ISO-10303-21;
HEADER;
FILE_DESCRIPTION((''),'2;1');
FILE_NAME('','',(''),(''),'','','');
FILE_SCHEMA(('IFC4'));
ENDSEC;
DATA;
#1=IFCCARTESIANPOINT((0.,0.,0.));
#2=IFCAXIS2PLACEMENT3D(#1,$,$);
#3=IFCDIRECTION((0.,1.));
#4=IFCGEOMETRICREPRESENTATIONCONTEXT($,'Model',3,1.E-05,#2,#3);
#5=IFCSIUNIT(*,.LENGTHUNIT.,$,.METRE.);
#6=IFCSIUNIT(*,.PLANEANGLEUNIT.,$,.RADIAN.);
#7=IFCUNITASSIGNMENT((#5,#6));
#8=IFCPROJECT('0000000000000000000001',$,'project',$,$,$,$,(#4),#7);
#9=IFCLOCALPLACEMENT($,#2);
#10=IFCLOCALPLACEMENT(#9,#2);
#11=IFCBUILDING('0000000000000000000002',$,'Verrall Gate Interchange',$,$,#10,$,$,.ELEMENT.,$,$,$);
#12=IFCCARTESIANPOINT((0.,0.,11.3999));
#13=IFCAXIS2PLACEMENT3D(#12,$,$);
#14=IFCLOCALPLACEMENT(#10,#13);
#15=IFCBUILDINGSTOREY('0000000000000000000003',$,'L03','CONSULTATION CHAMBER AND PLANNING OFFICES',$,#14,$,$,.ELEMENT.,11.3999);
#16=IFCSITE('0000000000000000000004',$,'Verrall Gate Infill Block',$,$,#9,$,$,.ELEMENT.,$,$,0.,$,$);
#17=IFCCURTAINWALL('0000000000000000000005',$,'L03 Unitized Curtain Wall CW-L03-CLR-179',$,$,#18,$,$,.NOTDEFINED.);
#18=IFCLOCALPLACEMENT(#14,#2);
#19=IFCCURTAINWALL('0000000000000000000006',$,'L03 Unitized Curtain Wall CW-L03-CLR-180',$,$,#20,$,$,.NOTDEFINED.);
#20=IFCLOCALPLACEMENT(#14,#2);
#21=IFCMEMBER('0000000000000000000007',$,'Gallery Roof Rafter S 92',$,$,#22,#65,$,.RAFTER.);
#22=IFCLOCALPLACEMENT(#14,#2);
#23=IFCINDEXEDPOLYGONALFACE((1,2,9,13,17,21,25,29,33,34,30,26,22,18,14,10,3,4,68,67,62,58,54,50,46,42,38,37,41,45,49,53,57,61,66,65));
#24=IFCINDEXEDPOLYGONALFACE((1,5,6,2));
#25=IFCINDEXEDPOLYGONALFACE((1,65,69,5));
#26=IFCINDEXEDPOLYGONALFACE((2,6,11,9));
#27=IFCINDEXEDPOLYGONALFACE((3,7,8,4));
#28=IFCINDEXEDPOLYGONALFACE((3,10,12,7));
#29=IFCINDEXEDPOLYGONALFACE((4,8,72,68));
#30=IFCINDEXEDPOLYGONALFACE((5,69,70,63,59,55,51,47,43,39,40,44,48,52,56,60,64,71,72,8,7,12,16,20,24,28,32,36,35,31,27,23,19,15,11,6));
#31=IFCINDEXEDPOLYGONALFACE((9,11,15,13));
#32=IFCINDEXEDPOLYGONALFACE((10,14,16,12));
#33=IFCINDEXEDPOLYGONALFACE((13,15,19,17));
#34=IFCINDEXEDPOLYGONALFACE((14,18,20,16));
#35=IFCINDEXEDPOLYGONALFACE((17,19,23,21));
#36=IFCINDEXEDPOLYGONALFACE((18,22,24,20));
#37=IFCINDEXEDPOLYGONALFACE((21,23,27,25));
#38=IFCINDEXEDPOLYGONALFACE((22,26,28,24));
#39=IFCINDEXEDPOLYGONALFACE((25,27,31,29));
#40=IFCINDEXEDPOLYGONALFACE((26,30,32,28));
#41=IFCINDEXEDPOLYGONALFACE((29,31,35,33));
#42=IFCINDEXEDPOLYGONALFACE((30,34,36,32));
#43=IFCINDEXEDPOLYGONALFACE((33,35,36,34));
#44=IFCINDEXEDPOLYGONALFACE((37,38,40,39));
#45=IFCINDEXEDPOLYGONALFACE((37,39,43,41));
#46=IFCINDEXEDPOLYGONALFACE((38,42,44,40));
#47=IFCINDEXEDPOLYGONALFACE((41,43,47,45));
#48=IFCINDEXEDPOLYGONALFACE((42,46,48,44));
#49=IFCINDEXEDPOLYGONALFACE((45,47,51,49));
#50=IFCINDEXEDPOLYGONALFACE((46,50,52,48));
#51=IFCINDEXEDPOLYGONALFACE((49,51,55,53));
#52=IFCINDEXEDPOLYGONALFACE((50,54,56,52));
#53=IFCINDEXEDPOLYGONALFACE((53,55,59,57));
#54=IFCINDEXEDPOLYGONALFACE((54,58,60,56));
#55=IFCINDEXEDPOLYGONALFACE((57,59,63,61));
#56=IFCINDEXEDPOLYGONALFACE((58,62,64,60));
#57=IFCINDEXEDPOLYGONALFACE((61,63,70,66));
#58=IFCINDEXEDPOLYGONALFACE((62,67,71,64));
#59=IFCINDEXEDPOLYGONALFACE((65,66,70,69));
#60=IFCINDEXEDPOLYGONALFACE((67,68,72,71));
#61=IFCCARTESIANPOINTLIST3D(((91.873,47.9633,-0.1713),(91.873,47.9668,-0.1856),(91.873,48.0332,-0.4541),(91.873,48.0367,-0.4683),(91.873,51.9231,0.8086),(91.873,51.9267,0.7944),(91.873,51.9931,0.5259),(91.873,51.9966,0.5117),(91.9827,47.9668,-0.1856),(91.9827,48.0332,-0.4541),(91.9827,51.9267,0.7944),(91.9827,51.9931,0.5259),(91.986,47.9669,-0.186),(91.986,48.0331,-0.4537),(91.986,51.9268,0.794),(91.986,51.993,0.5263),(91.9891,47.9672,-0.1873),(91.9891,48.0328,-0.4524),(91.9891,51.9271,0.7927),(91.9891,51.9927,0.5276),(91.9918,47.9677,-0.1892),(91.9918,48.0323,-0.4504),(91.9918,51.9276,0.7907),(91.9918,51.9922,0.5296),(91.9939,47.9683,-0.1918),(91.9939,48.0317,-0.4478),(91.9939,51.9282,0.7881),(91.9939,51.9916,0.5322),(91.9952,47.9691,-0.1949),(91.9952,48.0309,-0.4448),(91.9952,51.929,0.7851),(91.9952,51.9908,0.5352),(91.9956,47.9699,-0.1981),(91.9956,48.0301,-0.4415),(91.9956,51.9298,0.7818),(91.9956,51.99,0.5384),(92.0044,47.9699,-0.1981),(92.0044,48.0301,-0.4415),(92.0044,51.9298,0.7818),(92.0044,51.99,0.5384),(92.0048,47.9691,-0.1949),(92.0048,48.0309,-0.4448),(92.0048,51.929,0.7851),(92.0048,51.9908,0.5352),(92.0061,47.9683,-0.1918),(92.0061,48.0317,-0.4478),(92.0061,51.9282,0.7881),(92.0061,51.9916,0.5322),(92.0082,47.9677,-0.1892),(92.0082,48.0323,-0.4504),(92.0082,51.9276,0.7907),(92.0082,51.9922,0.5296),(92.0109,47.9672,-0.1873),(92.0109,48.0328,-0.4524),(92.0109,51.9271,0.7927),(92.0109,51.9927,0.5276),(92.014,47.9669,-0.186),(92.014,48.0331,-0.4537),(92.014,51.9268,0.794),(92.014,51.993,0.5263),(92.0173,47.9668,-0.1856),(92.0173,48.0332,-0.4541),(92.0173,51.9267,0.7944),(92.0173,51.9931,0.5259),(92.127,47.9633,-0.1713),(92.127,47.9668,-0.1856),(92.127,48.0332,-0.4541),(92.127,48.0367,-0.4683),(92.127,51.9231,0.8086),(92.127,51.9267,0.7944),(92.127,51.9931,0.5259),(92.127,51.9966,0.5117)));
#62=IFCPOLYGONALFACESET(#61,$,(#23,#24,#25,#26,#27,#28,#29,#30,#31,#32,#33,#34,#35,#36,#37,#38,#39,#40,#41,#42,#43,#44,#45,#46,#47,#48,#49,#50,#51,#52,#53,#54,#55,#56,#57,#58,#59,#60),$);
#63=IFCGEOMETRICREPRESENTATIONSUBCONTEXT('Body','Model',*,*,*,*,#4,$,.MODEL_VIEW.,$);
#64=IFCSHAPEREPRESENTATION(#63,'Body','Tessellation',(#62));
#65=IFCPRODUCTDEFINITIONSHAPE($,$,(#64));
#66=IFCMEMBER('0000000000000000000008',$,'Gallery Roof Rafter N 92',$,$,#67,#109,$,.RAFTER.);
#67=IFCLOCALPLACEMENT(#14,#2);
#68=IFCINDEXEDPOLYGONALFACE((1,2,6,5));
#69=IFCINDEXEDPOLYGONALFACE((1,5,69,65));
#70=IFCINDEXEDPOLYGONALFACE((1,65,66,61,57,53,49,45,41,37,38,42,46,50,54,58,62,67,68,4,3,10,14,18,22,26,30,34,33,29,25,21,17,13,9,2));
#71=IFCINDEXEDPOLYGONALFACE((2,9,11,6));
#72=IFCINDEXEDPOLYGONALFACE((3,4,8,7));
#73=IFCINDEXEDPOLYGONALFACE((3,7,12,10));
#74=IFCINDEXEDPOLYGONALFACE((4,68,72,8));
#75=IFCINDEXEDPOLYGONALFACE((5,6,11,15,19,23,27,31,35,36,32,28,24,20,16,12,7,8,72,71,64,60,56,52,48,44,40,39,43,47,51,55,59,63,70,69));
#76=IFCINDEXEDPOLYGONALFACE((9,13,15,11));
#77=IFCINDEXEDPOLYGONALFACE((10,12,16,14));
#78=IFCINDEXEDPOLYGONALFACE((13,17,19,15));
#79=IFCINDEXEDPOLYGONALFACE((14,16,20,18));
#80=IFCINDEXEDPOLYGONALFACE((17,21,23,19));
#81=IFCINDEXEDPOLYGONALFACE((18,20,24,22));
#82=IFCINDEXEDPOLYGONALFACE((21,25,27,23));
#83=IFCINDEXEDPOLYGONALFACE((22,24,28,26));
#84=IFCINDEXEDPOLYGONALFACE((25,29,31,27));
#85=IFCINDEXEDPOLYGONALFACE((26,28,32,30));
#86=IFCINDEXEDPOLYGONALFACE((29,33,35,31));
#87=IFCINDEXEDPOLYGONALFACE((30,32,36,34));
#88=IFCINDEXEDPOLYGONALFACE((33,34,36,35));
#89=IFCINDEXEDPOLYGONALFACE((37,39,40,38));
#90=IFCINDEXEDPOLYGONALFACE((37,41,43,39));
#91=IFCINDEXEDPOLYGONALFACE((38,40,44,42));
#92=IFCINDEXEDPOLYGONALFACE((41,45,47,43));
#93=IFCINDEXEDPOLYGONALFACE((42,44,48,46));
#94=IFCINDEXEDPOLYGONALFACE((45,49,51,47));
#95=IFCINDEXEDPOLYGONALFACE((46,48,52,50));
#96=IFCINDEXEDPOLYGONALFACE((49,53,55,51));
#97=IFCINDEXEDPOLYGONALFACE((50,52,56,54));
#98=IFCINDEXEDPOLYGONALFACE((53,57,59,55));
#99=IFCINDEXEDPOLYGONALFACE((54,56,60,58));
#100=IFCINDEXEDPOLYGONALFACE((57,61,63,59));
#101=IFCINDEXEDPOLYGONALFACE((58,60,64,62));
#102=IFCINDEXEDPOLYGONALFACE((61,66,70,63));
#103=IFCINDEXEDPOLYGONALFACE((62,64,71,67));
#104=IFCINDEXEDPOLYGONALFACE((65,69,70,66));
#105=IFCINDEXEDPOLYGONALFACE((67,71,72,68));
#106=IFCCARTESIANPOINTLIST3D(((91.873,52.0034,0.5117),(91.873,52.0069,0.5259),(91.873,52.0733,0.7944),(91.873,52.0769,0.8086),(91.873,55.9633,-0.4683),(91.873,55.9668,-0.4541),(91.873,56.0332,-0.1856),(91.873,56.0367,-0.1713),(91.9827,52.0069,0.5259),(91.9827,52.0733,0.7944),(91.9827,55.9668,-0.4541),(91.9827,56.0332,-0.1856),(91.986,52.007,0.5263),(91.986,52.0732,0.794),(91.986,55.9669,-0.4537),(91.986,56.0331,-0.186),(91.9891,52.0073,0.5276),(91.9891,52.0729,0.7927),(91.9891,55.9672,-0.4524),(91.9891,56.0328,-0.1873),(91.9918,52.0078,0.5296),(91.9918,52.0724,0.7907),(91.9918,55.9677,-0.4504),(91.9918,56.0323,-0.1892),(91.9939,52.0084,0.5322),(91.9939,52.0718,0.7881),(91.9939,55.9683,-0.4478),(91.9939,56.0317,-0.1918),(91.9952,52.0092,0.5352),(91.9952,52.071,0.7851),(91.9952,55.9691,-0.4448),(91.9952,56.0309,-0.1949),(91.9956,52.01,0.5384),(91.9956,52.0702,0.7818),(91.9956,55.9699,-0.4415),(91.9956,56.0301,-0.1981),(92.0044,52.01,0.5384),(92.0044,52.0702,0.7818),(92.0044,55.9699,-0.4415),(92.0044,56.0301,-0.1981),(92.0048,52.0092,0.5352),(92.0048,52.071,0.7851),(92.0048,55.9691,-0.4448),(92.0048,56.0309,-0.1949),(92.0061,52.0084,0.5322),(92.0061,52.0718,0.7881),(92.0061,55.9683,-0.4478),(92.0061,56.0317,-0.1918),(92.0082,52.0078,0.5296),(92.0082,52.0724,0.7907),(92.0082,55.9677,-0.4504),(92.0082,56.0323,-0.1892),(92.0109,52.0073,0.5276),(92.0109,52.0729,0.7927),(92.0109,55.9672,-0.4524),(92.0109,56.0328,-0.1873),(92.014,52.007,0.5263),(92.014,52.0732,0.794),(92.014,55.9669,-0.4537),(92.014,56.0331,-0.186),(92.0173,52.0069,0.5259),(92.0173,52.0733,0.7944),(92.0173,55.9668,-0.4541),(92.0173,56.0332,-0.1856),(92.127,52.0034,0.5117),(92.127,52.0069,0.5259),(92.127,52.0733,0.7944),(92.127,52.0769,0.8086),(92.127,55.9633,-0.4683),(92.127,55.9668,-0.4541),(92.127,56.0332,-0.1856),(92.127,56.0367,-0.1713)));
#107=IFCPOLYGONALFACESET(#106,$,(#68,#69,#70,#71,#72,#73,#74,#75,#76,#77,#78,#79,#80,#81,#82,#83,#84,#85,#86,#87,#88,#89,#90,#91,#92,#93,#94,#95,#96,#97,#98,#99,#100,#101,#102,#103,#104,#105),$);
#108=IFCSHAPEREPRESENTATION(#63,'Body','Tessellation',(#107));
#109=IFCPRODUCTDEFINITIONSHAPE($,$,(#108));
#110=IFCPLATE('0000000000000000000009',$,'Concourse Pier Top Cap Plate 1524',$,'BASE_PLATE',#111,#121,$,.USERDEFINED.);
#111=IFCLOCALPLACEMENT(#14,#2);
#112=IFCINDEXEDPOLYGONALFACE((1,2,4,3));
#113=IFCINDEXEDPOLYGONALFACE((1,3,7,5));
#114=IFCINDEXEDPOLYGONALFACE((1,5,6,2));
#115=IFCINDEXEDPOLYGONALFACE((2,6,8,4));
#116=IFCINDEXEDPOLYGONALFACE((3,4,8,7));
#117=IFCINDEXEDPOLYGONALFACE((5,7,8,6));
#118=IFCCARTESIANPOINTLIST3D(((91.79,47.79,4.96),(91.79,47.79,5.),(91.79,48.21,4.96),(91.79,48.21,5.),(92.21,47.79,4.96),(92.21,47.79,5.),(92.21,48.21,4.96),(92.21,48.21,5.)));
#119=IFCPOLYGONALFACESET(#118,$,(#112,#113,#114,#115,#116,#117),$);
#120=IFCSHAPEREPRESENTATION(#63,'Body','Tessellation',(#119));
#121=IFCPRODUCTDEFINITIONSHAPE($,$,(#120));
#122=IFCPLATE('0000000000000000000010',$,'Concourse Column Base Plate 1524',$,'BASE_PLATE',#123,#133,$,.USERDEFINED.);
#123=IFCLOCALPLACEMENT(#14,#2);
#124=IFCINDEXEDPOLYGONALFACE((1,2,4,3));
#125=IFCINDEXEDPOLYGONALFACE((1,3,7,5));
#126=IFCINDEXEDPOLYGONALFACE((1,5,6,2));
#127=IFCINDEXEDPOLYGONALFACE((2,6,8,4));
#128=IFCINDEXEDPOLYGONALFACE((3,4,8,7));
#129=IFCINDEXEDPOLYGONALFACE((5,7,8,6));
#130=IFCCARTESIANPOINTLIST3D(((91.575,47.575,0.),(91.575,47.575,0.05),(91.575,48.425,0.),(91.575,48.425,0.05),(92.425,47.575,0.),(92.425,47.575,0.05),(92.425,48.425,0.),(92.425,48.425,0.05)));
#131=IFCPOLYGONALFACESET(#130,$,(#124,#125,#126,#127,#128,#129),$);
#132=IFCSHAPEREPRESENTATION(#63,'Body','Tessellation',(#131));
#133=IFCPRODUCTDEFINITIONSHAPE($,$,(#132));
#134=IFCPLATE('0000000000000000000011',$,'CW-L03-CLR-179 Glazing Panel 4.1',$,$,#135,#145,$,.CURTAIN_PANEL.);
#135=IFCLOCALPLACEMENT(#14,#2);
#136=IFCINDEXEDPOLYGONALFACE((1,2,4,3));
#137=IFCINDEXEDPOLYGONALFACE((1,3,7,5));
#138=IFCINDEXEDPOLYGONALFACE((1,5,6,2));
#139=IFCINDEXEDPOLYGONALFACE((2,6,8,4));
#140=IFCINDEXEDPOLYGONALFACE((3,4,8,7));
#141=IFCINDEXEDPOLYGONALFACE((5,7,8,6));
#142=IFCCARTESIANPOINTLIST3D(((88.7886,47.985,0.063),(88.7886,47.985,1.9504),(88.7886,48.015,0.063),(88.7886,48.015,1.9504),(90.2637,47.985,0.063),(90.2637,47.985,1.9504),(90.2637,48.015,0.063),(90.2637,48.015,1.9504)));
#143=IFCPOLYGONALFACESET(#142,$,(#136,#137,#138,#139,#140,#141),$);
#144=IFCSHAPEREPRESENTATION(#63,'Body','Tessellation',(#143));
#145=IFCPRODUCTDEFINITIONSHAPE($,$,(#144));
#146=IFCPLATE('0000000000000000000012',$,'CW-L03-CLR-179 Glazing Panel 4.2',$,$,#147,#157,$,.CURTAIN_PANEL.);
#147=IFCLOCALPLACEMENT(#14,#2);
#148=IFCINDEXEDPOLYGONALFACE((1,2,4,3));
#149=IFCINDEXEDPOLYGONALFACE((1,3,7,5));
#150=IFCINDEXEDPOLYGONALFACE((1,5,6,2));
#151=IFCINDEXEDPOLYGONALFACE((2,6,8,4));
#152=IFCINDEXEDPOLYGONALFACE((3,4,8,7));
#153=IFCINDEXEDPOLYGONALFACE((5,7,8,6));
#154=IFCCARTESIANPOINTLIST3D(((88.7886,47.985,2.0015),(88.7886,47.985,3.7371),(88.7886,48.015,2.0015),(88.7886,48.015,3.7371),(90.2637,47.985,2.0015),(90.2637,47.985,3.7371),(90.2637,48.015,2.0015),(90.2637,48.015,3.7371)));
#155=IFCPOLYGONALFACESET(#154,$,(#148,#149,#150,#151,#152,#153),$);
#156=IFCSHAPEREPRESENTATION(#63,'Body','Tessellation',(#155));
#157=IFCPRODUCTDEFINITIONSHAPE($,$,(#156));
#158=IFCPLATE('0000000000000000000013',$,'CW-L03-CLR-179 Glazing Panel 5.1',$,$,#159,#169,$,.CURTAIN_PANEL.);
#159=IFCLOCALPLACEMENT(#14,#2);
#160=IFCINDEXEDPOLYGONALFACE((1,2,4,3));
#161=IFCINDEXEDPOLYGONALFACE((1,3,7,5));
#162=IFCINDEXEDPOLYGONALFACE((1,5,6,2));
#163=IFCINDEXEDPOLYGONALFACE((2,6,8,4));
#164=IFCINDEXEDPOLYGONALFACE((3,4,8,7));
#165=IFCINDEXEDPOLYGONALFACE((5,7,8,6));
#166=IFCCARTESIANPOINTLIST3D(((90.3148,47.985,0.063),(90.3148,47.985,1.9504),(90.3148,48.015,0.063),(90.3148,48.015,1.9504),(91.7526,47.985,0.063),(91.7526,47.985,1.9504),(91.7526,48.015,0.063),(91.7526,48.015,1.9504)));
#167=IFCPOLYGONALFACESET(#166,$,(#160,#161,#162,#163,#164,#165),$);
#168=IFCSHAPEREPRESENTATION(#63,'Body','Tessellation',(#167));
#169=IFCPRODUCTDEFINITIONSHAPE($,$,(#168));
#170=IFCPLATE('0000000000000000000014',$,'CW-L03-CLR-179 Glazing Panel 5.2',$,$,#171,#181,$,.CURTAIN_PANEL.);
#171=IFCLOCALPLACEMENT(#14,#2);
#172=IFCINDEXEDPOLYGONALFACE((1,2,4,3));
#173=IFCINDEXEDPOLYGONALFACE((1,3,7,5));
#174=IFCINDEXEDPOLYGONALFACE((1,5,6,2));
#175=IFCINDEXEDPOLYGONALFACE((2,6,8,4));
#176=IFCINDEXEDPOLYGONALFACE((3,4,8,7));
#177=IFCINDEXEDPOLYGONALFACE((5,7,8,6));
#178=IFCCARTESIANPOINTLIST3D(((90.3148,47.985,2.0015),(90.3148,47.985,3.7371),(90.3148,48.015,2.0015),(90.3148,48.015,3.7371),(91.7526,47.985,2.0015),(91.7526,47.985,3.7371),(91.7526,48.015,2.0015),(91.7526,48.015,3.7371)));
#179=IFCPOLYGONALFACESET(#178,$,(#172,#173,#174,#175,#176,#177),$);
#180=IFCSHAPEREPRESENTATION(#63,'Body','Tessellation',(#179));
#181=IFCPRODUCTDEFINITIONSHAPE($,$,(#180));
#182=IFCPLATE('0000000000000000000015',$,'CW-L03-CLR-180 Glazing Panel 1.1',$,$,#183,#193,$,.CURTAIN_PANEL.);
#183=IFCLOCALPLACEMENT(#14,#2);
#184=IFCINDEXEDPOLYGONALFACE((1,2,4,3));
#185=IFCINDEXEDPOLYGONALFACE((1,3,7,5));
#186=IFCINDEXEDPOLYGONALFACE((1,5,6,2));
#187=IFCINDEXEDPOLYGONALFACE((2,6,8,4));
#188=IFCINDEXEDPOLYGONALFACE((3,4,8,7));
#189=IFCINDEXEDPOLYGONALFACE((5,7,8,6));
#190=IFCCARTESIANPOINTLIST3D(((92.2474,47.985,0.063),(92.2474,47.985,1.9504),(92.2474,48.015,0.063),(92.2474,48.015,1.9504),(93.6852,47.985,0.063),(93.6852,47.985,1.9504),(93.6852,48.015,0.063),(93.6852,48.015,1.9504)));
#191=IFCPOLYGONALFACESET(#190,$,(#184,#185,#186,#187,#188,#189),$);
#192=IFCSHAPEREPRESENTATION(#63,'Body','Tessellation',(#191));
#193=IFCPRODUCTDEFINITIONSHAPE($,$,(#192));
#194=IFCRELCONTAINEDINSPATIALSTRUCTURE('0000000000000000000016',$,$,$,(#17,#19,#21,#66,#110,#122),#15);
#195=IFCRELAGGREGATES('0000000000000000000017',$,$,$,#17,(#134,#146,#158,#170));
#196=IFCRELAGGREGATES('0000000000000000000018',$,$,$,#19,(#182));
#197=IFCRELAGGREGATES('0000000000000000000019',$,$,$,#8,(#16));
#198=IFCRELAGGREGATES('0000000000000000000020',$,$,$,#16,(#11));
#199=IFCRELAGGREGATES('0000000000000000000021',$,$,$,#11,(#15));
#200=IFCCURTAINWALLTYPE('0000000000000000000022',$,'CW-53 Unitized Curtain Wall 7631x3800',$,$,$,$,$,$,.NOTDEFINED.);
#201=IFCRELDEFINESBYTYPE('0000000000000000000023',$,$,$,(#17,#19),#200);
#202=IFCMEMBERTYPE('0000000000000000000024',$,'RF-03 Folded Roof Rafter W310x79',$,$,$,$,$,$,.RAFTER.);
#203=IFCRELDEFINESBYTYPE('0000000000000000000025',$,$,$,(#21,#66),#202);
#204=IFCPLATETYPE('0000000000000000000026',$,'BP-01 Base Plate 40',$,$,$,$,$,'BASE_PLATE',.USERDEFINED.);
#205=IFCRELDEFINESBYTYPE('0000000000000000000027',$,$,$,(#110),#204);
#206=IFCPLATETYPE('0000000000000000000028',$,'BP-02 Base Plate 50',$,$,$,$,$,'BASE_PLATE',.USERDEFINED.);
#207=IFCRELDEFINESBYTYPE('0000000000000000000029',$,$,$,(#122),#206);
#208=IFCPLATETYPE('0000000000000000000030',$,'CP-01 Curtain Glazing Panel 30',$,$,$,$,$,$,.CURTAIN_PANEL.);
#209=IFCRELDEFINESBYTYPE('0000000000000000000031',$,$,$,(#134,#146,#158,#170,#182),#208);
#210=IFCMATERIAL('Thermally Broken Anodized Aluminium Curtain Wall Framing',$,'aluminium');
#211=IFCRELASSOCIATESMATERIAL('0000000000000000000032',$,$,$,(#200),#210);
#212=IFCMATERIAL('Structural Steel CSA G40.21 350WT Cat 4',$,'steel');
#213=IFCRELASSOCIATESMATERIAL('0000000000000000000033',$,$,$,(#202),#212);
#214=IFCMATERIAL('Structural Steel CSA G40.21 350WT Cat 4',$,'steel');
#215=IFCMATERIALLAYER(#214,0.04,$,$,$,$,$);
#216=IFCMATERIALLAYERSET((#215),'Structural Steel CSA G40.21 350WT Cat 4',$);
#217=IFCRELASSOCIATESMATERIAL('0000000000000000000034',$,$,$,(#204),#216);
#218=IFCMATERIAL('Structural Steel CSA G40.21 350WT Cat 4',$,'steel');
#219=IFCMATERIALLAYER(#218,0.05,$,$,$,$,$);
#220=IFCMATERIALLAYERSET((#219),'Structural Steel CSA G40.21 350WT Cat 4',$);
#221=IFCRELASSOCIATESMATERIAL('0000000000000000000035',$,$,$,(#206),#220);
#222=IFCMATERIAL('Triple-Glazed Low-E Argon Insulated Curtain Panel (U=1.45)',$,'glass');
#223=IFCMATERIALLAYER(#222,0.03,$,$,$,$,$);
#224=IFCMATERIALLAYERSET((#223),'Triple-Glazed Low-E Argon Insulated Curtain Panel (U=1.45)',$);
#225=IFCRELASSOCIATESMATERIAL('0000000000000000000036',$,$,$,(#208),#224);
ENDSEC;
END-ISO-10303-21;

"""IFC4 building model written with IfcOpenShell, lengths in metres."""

from ifc_helpers import new_model, si_unit, direction, frame, origin, origin_2d, place, context, subcontext, project, spatial, rectangle, i_section, extrude, material, layer, layer_set, material_profile, profile_set, type_object, element, aggregate, save


model = new_model("IFC4")

# Units and contexts
model_context = context("Model", 3, precision=1e-05, world=origin(), true_north=direction((0.0, 1.0)))
body_context = subcontext(model_context, "Body", "Model", "MODEL_VIEW")
ifc_project = project(units=[si_unit("LENGTHUNIT", "METRE"), si_unit("PLANEANGLEUNIT", "RADIAN")], contexts=[model_context])

# Site, building, storey
site_placement = place(None, origin())
site = spatial("IfcSite", under=ifc_project, at=site_placement, Name="Verrall Gate Infill Block", CompositionType="ELEMENT", RefElevation=0.0)
building_placement = place(site_placement, origin())
building = spatial("IfcBuilding", under=site, at=building_placement, Name="Verrall Gate Interchange", CompositionType="ELEMENT")
storey_placement = place(building_placement, frame((0.0, 0.0, 11.3999)))
storey = spatial("IfcBuildingStorey", under=building, at=storey_placement, Name="L03", Description="CONSULTATION CHAMBER AND PLANNING OFFICES", CompositionType="ELEMENT", Elevation=11.3999)

# Curtain walls
ifc_material_1 = material(Name="Thermally Broken Anodized Aluminium Curtain Wall Framing", Category="aluminium")
curtain_wall_type = type_object("IfcCurtainWallType", Name="CW-53 Unitized Curtain Wall 7631x3800", PredefinedType="NOTDEFINED", material=ifc_material_1)
curtain_wall_1_placement = place(storey_placement, origin())
curtain_wall_1 = element("IfcCurtainWall", 1, at=curtain_wall_1_placement, inside=storey, type_object=curtain_wall_type, Name="L03 Unitized Curtain Wall CW-L03-CLR-179", PredefinedType="NOTDEFINED")
curtain_wall_2_placement = place(storey_placement, origin())
curtain_wall_2 = element("IfcCurtainWall", 2, at=curtain_wall_2_placement, inside=storey, type_object=curtain_wall_type, Name="L03 Unitized Curtain Wall CW-L03-CLR-180", PredefinedType="NOTDEFINED")

# Members
ifc_material_2 = material(Name="Structural Steel CSA G40.21 350WT Cat 4", Category="steel")
ifc_material_profile_1 = material_profile(ifc_material_2, i_section(OverallWidth=0.2539, OverallDepth=0.3059, WebThickness=0.0088, FlangeThickness=0.0146, FilletRadius=0.0129, at=origin_2d()), Name="W310x79")
ifc_profile_set_1 = profile_set([ifc_material_profile_1], Name="Structural Steel CSA G40.21 350WT Cat 4")
member_type_1 = type_object("IfcMemberType", Name="RF-03 Folded Roof Rafter W310x79", PredefinedType="RAFTER", material=ifc_profile_set_1)
for number, where, z_axis, x_axis, name in (
    (3, (92.0, 48.0, -0.3198), (0.0, 0.970717, 0.240226), (-1.0, 0.0, 0.0), "Gallery Roof Rafter S 92"),
    (4, (92.0, 56.0, -0.3198), (0.0, -0.970717, 0.240226), (1.0, 0.0, 0.0), "Gallery Roof Rafter N 92"),
):
    element("IfcMember", number, at=place(storey_placement, frame(where, z_axis=z_axis, x_axis=x_axis)), inside=storey, type_object=member_type_1, Name=name, PredefinedType="RAFTER", context=body_context, shape_type="SweptSolid", body=[
        extrude(i_section(OverallWidth=0.2539, OverallDepth=0.3059, WebThickness=0.0088, FlangeThickness=0.0146, FilletRadius=0.0129, at=origin_2d()), origin(), (0.0, 0.0, 1.0), 4.0793),
    ])

# Plates
ifc_material_3 = material(Name="Structural Steel CSA G40.21 350WT Cat 4", Category="steel")
ifc_layer_1 = layer(ifc_material_3, 0.04)
ifc_layer_set_1 = layer_set([ifc_layer_1], Name="Structural Steel CSA G40.21 350WT Cat 4")
plate_type_1 = type_object("IfcPlateType", Name="BP-01 Base Plate 40", ElementType="BASE_PLATE", PredefinedType="USERDEFINED", material=ifc_layer_set_1)
plate_1_placement = place(storey_placement, frame((92.0, 48.0, 4.96), z_axis=(0.0, 0.0, 1.0), x_axis=(1.0, 0.0, 0.0)))
element("IfcPlate", 5, at=plate_1_placement, inside=storey, type_object=plate_type_1, Name="Concourse Pier Top Cap Plate 1524", ObjectType="BASE_PLATE", PredefinedType="USERDEFINED", context=body_context, shape_type="SweptSolid", body=[
    extrude(rectangle(XDim=0.4199, YDim=0.4199, at=origin_2d()), origin(), (0.0, 0.0, 1.0), 0.04),
])
ifc_material_4 = material(Name="Structural Steel CSA G40.21 350WT Cat 4", Category="steel")
ifc_layer_2 = layer(ifc_material_4, 0.05)
ifc_layer_set_2 = layer_set([ifc_layer_2], Name="Structural Steel CSA G40.21 350WT Cat 4")
plate_type_2 = type_object("IfcPlateType", Name="BP-02 Base Plate 50", ElementType="BASE_PLATE", PredefinedType="USERDEFINED", material=ifc_layer_set_2)
plate_2_placement = place(storey_placement, frame((92.0, 48.0, 0.0), z_axis=(0.0, 0.0, 1.0), x_axis=(1.0, 0.0, 0.0)))
element("IfcPlate", 6, at=plate_2_placement, inside=storey, type_object=plate_type_2, Name="Concourse Column Base Plate 1524", ObjectType="BASE_PLATE", PredefinedType="USERDEFINED", context=body_context, shape_type="SweptSolid", body=[
    extrude(rectangle(XDim=0.8501, YDim=0.8501, at=origin_2d()), origin(), (0.0, 0.0, 1.0), 0.05),
])

# Plates
ifc_material_5 = material(Name="Triple-Glazed Low-E Argon Insulated Curtain Panel (U=1.45)", Category="glass")
ifc_layer_3 = layer(ifc_material_5, 0.03)
ifc_layer_set_3 = layer_set([ifc_layer_3], Name="Triple-Glazed Low-E Argon Insulated Curtain Panel (U=1.45)")
plate_type_3 = type_object("IfcPlateType", Name="CP-01 Curtain Glazing Panel 30", PredefinedType="CURTAIN_PANEL", material=ifc_layer_set_3)
plate_3_placement = place(storey_placement, frame((89.5261, 48.0, 0.063), z_axis=(0.0, 0.0, 1.0), x_axis=(1.0, 0.0, 0.0)))
plate_3 = element("IfcPlate", 7, at=plate_3_placement, type_object=plate_type_3, Name="CW-L03-CLR-179 Glazing Panel 4.1", PredefinedType="CURTAIN_PANEL", context=body_context, shape_type="SweptSolid", body=[
    extrude(rectangle(XDim=1.4751, YDim=0.03, at=origin_2d()), origin(), (0.0, 0.0, 1.0), 1.8875),
])
plate_4_placement = place(storey_placement, frame((89.5261, 48.0, 2.0015), z_axis=(0.0, 0.0, 1.0), x_axis=(1.0, 0.0, 0.0)))
plate_4 = element("IfcPlate", 8, at=plate_4_placement, type_object=plate_type_3, Name="CW-L03-CLR-179 Glazing Panel 4.2", PredefinedType="CURTAIN_PANEL", context=body_context, shape_type="SweptSolid", body=[
    extrude(rectangle(XDim=1.4751, YDim=0.03, at=origin_2d()), origin(), (0.0, 0.0, 1.0), 1.7356),
])
plate_5_placement = place(storey_placement, frame((91.0337, 48.0, 0.063), z_axis=(0.0, 0.0, 1.0), x_axis=(1.0, 0.0, 0.0)))
plate_5 = element("IfcPlate", 9, at=plate_5_placement, type_object=plate_type_3, Name="CW-L03-CLR-179 Glazing Panel 5.1", PredefinedType="CURTAIN_PANEL", context=body_context, shape_type="SweptSolid", body=[
    extrude(rectangle(XDim=1.4377, YDim=0.03, at=origin_2d()), origin(), (0.0, 0.0, 1.0), 1.8875),
])
plate_6_placement = place(storey_placement, frame((91.0337, 48.0, 2.0015), z_axis=(0.0, 0.0, 1.0), x_axis=(1.0, 0.0, 0.0)))
plate_6 = element("IfcPlate", 10, at=plate_6_placement, type_object=plate_type_3, Name="CW-L03-CLR-179 Glazing Panel 5.2", PredefinedType="CURTAIN_PANEL", context=body_context, shape_type="SweptSolid", body=[
    extrude(rectangle(XDim=1.4377, YDim=0.03, at=origin_2d()), origin(), (0.0, 0.0, 1.0), 1.7356),
])
aggregate(curtain_wall_1, [plate_3, plate_4, plate_5, plate_6])
plate_7_placement = place(storey_placement, frame((92.9663, 48.0, 0.063), z_axis=(0.0, 0.0, 1.0), x_axis=(1.0, 0.0, 0.0)))
plate_7 = element("IfcPlate", 11, at=plate_7_placement, type_object=plate_type_3, Name="CW-L03-CLR-180 Glazing Panel 1.1", PredefinedType="CURTAIN_PANEL", context=body_context, shape_type="SweptSolid", body=[
    extrude(rectangle(XDim=1.4377, YDim=0.03, at=origin_2d()), origin(), (0.0, 0.0, 1.0), 1.8875),
])
aggregate(curtain_wall_2, [plate_7])

save(model, "model.ifc")
